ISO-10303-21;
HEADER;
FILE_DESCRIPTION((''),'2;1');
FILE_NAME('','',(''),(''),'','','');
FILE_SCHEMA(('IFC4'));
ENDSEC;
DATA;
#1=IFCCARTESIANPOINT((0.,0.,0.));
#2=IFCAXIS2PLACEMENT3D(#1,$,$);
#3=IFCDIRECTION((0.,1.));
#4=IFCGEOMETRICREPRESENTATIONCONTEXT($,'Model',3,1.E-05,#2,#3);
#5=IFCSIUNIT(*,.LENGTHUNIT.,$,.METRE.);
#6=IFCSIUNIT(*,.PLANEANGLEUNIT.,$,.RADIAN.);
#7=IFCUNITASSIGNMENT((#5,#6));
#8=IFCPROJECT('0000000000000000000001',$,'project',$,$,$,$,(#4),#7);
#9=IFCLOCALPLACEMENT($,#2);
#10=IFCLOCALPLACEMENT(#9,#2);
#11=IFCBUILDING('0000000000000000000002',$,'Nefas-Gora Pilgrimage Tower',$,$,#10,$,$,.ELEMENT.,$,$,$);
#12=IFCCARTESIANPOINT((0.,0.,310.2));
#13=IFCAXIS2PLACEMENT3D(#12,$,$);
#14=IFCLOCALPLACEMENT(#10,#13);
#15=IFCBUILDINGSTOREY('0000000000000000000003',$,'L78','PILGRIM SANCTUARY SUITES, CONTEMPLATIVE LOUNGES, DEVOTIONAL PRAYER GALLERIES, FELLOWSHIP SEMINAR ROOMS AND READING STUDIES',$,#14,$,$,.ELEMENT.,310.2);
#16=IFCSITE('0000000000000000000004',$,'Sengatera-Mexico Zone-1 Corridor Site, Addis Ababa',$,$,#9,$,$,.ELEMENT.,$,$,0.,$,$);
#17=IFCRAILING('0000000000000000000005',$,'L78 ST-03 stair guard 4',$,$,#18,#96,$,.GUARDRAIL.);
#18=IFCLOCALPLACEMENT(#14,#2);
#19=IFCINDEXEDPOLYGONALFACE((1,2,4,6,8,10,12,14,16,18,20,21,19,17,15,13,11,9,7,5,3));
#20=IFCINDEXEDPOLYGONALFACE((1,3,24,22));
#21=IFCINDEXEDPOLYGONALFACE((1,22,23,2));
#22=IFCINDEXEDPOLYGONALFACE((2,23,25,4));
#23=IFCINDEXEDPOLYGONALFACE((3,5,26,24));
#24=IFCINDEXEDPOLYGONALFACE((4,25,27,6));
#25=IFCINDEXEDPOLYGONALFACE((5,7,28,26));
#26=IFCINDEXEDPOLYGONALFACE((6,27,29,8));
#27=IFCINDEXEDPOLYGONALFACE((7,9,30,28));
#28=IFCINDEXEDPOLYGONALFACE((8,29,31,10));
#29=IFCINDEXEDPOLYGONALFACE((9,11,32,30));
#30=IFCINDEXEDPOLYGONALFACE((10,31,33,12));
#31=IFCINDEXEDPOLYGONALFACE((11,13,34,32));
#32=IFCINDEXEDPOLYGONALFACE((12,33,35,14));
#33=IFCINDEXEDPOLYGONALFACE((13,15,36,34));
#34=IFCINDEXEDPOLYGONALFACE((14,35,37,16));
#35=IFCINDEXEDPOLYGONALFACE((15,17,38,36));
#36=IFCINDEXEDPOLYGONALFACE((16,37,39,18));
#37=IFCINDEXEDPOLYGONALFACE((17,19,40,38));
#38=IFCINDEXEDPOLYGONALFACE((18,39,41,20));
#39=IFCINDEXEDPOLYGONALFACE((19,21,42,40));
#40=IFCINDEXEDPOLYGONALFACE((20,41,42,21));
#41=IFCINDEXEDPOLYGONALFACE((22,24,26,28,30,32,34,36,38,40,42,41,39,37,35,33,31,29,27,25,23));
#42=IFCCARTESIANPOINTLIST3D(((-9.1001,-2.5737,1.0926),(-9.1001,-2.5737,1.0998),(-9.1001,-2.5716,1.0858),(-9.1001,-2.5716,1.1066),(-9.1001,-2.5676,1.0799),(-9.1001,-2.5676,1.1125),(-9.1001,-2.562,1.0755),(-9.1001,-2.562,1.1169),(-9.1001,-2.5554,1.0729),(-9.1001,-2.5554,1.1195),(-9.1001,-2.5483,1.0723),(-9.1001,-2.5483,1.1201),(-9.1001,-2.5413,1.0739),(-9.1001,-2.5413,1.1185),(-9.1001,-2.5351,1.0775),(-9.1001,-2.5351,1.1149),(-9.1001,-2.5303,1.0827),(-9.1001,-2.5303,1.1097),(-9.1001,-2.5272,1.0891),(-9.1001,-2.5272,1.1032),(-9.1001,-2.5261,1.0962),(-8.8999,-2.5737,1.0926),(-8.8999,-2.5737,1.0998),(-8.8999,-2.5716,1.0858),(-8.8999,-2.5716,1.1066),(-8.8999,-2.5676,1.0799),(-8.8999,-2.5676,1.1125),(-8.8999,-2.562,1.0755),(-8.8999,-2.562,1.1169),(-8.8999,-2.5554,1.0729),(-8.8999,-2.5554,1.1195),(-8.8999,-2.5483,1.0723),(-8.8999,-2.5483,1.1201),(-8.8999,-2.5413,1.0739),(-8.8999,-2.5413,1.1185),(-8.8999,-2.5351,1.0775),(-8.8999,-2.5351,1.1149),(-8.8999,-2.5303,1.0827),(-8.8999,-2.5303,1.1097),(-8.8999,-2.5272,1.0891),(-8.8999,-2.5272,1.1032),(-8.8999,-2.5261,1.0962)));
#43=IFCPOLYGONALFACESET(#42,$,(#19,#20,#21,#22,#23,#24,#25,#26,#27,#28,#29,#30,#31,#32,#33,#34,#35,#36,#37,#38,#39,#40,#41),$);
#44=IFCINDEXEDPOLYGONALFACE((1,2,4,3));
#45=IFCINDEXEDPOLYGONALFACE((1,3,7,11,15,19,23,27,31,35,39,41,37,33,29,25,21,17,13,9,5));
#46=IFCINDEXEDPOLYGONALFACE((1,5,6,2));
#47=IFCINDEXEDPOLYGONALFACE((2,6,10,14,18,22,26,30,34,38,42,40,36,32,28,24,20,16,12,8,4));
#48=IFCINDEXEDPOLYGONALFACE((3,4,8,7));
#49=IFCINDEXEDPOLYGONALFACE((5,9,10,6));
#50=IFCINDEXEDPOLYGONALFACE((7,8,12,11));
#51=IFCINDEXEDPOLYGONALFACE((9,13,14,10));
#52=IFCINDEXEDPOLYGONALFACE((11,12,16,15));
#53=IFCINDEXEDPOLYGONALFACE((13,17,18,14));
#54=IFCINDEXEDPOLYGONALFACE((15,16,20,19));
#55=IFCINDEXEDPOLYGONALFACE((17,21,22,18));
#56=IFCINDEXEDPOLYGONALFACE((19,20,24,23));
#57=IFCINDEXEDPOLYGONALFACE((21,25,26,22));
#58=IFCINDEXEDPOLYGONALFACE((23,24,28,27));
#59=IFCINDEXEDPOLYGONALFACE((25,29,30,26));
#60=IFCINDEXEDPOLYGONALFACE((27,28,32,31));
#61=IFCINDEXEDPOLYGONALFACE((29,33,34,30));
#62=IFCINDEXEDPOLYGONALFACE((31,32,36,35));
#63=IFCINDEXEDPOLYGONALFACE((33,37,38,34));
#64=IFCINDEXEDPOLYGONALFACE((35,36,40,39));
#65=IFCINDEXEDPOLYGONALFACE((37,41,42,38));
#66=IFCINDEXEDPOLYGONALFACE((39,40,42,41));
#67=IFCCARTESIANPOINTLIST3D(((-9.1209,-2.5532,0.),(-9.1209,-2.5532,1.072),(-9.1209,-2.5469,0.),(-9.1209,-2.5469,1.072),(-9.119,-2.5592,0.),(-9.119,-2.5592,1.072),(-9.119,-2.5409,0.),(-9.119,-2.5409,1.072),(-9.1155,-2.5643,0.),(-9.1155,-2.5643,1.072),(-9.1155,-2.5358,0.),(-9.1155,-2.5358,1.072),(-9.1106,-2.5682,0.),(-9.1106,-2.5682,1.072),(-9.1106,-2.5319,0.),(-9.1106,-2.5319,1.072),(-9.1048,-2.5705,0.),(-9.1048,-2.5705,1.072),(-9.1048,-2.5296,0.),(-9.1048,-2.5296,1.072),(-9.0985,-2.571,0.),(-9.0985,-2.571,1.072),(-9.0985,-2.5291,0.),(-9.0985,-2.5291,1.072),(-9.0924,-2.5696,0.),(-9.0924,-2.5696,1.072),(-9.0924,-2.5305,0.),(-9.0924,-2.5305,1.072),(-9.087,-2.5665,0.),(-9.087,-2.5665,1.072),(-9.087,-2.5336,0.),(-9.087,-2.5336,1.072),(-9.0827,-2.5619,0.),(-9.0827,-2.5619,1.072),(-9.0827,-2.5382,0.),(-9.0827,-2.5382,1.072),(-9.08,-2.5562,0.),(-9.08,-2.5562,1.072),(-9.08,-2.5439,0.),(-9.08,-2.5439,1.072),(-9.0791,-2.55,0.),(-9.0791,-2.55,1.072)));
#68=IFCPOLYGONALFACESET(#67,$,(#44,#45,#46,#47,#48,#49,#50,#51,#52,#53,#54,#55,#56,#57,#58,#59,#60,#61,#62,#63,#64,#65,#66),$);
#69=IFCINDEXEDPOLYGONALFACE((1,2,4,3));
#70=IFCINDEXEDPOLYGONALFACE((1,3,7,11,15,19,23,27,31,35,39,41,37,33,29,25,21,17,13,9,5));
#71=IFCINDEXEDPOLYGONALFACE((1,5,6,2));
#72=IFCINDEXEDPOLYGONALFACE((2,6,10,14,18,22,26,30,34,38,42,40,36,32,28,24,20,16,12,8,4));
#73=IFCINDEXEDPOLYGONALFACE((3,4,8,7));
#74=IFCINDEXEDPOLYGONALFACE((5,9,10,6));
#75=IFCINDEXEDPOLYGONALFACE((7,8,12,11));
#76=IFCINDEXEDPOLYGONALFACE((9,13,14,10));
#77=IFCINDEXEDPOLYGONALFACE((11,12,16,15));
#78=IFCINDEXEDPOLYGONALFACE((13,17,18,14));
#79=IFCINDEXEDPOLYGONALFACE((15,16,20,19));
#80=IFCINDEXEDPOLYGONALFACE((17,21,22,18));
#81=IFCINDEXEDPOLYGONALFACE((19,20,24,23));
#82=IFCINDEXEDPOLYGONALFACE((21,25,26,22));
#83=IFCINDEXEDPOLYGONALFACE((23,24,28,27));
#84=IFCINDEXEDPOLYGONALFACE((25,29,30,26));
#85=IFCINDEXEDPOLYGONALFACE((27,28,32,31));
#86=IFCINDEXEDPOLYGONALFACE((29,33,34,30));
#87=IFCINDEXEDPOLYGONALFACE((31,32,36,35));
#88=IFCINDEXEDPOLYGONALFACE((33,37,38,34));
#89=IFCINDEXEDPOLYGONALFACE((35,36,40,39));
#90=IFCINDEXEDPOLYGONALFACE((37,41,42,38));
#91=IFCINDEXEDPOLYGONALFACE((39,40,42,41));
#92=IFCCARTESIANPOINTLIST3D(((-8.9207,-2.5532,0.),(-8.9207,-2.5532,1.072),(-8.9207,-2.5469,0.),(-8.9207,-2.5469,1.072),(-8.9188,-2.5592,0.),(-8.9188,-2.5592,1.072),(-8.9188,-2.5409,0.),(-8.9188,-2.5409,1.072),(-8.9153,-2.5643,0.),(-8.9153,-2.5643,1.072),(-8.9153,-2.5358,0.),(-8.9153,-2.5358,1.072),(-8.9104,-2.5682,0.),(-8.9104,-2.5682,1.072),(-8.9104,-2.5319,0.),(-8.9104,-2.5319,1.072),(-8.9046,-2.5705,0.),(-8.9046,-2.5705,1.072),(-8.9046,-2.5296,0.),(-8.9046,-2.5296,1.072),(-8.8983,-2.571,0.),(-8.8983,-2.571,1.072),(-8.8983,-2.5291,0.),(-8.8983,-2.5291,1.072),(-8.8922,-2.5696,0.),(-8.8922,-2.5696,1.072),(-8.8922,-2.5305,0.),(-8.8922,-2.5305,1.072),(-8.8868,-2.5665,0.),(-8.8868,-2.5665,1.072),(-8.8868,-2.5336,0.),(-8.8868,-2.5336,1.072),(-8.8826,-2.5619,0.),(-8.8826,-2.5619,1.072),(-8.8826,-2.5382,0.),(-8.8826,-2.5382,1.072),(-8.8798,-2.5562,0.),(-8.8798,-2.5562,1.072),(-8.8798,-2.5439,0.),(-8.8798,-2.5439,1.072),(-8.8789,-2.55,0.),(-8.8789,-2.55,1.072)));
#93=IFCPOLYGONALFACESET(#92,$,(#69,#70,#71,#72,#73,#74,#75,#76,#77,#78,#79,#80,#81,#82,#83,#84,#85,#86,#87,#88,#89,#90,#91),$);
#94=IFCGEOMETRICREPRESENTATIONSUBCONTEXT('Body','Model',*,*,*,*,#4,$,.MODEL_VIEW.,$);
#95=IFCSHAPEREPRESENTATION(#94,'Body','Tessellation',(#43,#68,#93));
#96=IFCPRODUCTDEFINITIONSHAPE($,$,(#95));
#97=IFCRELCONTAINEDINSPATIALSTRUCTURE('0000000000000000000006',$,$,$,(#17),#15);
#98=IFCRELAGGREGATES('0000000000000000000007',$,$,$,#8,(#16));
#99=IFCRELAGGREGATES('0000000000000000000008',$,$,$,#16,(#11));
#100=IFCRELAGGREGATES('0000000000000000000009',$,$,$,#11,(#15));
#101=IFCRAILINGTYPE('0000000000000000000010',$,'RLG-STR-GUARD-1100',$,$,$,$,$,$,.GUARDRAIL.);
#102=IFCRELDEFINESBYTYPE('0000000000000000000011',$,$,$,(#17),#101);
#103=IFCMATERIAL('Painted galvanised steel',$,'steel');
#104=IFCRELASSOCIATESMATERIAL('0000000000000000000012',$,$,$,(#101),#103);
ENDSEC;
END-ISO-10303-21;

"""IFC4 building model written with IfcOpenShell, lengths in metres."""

from ifc_helpers import new_model, si_unit, direction, frame, origin, origin_2d, place, context, subcontext, project, spatial, circle, extrude, material, type_object, element, save


model = new_model("IFC4")

# Units and contexts
model_context = context("Model", 3, precision=1e-05, world=origin(), true_north=direction((0.0, 1.0)))
body_context = subcontext(model_context, "Body", "Model", "MODEL_VIEW")
ifc_project = project(units=[si_unit("LENGTHUNIT", "METRE"), si_unit("PLANEANGLEUNIT", "RADIAN")], contexts=[model_context])

# Site, building, storey
site_placement = place(None, origin())
site = spatial("IfcSite", under=ifc_project, at=site_placement, Name="Sengatera-Mexico Zone-1 Corridor Site, Addis Ababa", CompositionType="ELEMENT", RefElevation=0.0)
building_placement = place(site_placement, origin())
building = spatial("IfcBuilding", under=site, at=building_placement, Name="Nefas-Gora Pilgrimage Tower", CompositionType="ELEMENT")
storey_placement = place(building_placement, frame((0.0, 0.0, 310.2)))
storey = spatial("IfcBuildingStorey", under=building, at=storey_placement, Name="L78", Description="PILGRIM SANCTUARY SUITES, CONTEMPLATIVE LOUNGES, DEVOTIONAL PRAYER GALLERIES, FELLOWSHIP SEMINAR ROOMS AND READING STUDIES", CompositionType="ELEMENT", Elevation=310.2)

# Railing
ifc_material_1 = material(Name="Painted galvanised steel", Category="steel")
railing_type_1 = type_object("IfcRailingType", Name="RLG-STR-GUARD-1100", PredefinedType="GUARDRAIL", material=ifc_material_1)
railing_1_placement = place(storey_placement, frame((-9.1001, -2.55, 0.0)))
element("IfcRailing", 1, at=railing_1_placement, inside=storey, type_object=railing_type_1, Name="L78 ST-03 stair guard 4", PredefinedType="GUARDRAIL", context=body_context, shape_type="SweptSolid", body=[
    extrude(circle(Radius=0.0239, at=origin_2d()), frame((0.0, 0.0, 1.0962), z_axis=(1.0, 0.0, 0.0), x_axis=(0.0, 1.0, 0.0)), (0.0, 0.0, 1.0), 0.2002),
    extrude(circle(Radius=0.021, at=origin_2d()), origin(), (0.0, 0.0, 1.0), 1.072),
    extrude(circle(Radius=0.021, at=origin_2d()), frame((0.2002, 0.0, 0.0)), (0.0, 0.0, 1.0), 1.072),
])

save(model, "model.ifc")
